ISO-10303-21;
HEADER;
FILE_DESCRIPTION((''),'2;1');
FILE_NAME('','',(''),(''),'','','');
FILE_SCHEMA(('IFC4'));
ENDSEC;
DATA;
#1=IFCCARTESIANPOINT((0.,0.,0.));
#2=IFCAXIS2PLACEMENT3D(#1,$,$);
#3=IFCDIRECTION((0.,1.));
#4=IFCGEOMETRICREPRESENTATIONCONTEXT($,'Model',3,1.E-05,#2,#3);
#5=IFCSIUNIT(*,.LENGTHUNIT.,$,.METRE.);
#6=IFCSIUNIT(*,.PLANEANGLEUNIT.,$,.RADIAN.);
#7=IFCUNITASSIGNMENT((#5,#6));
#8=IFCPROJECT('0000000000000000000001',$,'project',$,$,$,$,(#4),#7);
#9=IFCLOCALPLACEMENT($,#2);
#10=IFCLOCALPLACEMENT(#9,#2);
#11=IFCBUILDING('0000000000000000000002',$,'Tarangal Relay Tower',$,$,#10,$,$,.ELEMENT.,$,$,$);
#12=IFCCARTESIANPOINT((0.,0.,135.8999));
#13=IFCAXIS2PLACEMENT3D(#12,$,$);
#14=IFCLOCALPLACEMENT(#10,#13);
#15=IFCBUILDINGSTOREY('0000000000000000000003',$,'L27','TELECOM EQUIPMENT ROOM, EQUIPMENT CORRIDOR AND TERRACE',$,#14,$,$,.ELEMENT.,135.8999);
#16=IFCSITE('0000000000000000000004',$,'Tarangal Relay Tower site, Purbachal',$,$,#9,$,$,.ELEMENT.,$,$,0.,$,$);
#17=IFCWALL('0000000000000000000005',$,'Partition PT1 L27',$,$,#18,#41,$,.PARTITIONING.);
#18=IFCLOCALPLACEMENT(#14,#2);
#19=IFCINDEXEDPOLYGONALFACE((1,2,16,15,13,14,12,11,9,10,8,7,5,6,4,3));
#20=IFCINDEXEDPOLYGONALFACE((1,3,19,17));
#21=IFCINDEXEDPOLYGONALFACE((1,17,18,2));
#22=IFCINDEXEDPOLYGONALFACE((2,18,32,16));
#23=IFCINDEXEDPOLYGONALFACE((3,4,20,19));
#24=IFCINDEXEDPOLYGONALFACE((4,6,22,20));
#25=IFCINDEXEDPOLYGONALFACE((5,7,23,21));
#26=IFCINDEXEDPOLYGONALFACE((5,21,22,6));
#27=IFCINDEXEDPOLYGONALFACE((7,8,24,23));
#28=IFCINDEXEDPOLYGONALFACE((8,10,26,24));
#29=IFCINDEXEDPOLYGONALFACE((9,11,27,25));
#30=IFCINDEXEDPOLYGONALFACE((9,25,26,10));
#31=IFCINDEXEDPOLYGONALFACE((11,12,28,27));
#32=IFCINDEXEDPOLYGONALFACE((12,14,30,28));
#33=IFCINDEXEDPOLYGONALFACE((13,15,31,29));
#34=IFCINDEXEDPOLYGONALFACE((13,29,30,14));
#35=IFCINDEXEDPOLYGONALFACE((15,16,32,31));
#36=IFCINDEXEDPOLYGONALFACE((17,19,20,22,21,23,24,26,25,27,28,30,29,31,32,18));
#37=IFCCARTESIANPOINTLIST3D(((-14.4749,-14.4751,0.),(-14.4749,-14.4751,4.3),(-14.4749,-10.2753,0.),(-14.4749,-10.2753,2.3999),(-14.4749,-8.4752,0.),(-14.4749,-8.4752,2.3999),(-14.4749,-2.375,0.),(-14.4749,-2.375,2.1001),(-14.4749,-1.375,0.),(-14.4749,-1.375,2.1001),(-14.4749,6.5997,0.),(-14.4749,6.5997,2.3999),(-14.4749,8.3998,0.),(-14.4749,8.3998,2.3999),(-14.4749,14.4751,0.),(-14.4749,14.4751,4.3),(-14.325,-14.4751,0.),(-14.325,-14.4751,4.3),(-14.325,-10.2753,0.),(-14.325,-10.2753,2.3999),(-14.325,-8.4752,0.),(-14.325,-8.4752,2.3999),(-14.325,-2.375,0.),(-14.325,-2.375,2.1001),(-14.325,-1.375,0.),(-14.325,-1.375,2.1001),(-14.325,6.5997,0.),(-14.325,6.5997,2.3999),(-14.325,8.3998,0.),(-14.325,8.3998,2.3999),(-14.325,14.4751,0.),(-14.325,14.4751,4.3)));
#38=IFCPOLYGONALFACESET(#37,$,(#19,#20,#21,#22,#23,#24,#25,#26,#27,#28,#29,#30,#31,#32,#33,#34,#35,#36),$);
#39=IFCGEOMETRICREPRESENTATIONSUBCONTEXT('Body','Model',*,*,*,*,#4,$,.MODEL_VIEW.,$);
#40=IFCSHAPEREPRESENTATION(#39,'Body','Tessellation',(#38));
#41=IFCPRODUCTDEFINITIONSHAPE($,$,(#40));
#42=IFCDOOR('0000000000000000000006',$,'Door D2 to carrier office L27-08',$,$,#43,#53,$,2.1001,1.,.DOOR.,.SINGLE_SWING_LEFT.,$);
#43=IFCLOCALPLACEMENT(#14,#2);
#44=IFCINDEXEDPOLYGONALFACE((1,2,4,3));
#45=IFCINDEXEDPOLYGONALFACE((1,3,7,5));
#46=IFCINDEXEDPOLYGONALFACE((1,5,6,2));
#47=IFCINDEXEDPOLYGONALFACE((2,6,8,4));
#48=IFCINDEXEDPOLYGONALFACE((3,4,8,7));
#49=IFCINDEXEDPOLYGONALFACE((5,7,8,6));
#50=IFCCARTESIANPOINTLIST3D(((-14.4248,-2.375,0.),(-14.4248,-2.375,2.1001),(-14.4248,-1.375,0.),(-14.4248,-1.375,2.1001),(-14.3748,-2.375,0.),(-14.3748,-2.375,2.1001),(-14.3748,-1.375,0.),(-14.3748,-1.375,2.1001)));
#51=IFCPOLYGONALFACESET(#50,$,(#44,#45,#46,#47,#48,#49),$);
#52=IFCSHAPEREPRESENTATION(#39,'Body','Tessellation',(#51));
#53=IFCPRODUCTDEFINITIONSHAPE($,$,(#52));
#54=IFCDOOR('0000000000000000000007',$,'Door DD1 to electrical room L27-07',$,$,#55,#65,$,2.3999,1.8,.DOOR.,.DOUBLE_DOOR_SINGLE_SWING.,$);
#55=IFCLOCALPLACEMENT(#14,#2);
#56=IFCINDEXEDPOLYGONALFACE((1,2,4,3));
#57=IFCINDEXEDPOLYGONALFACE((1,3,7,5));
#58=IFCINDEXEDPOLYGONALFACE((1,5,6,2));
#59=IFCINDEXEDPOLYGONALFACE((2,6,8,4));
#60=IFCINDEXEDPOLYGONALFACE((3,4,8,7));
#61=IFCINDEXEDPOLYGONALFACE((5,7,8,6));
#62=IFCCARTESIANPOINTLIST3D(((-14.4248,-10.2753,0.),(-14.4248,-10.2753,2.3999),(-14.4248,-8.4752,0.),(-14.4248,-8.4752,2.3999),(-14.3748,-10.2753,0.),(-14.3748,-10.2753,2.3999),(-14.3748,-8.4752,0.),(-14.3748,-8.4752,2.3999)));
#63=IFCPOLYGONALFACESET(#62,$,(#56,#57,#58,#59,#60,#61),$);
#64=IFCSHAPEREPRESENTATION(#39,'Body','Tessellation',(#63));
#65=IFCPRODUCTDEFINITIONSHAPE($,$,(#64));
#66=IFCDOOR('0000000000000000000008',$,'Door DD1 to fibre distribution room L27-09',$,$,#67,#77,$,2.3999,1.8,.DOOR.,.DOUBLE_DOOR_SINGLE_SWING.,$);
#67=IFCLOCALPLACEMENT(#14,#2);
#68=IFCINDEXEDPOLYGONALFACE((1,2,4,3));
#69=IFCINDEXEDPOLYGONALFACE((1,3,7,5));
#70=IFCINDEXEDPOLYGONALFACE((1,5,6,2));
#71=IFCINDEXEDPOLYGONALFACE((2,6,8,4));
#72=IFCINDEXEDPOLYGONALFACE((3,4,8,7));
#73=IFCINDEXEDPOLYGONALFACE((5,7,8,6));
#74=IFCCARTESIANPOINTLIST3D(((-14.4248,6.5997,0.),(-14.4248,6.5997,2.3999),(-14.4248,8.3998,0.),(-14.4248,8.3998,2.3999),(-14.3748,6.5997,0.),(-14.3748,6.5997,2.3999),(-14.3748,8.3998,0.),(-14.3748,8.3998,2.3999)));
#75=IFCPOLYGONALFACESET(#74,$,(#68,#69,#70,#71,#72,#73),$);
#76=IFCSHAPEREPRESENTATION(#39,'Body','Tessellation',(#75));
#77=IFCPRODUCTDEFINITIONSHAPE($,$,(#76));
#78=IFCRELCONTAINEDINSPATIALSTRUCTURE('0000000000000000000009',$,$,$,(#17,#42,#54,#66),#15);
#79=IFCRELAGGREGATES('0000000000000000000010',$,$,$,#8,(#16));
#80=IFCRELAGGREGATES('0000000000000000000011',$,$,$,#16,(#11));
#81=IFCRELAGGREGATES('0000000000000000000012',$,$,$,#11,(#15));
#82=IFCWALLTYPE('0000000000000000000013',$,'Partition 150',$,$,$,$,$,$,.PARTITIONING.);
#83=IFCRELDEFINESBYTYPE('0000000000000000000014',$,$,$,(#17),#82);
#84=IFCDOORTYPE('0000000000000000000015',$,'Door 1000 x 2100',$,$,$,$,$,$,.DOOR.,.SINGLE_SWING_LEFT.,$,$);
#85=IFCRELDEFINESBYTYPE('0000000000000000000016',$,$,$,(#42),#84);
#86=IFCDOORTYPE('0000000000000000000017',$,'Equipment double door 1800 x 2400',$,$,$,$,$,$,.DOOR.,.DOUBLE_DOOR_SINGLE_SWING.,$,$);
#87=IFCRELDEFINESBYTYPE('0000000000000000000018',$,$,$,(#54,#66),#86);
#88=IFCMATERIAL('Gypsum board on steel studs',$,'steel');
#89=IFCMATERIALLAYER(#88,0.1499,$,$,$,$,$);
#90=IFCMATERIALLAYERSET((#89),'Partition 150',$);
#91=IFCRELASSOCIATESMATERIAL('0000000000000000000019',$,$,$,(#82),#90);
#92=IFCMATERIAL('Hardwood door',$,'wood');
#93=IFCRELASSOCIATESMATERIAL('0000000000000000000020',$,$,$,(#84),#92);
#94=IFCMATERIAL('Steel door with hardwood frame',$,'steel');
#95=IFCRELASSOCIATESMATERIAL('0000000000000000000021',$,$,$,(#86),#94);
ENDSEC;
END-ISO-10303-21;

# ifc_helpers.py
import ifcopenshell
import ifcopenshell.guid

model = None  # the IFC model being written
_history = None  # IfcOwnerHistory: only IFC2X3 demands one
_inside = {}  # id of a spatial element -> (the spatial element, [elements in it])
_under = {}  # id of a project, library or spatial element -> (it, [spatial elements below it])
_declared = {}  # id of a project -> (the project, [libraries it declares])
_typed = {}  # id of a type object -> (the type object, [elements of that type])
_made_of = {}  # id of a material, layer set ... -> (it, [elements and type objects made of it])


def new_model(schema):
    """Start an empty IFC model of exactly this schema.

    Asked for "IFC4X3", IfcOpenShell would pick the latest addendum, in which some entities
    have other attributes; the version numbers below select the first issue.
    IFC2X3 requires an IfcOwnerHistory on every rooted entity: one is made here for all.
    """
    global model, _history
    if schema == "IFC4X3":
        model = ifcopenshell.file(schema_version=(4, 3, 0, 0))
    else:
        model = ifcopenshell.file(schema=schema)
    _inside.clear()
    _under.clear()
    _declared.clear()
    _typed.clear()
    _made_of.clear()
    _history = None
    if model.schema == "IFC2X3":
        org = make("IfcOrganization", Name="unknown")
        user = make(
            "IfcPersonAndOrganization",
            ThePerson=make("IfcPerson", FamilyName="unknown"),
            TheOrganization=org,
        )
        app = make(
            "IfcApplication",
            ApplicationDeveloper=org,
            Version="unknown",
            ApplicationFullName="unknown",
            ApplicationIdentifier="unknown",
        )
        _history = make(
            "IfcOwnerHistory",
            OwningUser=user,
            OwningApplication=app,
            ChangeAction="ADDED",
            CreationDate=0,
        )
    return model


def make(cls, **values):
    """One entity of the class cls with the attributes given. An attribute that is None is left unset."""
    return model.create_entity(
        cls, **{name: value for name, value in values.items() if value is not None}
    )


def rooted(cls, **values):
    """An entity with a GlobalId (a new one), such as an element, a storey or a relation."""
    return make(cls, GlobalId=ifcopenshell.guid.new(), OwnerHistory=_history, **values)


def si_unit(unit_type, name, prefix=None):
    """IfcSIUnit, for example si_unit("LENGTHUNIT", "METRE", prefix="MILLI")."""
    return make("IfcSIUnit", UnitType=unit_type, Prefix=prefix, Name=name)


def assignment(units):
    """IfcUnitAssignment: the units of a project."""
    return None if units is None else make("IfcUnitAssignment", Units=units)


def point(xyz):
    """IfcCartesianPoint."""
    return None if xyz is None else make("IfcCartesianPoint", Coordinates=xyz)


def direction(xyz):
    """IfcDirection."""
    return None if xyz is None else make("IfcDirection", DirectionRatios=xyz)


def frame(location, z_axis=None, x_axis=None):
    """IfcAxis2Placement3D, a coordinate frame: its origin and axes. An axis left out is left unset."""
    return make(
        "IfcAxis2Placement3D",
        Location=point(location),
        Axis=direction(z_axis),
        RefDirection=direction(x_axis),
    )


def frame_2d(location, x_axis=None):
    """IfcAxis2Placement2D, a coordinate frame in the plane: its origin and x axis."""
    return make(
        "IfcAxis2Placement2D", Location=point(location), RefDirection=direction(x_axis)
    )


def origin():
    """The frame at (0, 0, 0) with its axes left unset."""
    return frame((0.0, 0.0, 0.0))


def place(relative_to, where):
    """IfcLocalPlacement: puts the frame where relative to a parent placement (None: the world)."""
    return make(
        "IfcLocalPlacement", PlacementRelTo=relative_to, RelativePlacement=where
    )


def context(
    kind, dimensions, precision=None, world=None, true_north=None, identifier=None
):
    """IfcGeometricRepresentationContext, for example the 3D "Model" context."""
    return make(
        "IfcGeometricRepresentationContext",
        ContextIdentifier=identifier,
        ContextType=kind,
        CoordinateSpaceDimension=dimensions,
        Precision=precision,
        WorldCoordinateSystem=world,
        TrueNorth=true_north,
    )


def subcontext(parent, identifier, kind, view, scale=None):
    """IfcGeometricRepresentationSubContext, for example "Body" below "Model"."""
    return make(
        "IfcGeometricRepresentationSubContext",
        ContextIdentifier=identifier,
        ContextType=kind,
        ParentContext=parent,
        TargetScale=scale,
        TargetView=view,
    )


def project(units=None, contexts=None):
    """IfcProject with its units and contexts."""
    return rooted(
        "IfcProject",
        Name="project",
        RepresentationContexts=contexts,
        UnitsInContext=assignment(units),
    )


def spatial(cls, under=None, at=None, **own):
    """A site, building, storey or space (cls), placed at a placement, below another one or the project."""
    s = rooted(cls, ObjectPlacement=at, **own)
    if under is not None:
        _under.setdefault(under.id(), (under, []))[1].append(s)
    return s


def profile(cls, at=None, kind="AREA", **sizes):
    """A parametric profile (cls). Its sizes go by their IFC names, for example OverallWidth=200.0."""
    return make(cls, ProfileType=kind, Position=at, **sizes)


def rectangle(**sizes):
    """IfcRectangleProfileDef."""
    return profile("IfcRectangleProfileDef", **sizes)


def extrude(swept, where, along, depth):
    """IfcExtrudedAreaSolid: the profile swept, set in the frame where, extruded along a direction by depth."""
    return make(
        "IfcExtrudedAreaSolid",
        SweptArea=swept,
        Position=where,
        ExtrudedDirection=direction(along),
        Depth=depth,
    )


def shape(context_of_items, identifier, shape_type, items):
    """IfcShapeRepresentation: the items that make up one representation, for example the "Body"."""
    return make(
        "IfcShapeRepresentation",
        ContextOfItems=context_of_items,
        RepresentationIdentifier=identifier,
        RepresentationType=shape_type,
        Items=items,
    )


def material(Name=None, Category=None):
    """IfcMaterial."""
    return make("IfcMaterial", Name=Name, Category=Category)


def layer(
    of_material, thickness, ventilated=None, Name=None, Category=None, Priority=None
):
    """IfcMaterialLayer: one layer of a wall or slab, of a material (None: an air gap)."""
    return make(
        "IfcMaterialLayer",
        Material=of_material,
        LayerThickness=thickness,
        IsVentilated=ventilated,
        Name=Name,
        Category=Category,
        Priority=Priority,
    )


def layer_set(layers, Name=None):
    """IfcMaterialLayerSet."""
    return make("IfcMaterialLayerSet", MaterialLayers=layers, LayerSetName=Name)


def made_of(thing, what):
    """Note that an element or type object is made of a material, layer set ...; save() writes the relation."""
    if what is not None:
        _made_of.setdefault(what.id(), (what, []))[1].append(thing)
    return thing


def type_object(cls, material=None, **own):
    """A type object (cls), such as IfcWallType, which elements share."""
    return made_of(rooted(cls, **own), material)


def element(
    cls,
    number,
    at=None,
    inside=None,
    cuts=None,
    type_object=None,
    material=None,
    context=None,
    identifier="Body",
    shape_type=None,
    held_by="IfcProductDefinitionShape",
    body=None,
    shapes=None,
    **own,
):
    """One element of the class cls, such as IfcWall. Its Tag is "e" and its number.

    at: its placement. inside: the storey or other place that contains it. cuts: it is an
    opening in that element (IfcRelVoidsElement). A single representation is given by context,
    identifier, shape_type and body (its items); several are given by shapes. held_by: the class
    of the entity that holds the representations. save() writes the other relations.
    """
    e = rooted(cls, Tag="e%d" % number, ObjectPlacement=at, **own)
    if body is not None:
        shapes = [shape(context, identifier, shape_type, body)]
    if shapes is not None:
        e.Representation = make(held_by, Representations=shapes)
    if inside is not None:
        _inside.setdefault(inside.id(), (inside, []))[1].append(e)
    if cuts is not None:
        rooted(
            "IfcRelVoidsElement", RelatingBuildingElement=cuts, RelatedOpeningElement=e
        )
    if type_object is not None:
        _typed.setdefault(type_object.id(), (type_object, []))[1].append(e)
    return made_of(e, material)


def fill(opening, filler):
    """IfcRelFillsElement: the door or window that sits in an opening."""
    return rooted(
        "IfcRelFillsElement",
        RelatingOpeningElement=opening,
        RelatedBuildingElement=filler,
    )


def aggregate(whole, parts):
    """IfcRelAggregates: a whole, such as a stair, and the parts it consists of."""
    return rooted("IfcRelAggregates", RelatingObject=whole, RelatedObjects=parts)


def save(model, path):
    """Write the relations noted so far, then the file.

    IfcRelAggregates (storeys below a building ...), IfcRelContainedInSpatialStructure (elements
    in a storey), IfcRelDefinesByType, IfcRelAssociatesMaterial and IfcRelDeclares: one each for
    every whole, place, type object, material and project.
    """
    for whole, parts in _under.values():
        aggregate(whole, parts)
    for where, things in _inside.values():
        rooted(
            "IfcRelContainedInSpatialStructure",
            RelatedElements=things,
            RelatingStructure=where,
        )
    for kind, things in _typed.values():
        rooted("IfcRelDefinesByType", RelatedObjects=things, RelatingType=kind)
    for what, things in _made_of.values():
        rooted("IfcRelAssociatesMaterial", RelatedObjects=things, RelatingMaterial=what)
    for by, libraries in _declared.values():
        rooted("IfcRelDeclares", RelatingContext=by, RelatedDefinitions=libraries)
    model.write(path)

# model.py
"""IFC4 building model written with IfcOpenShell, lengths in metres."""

from ifc_helpers import new_model, si_unit, direction, frame, frame_2d, origin, place, context, subcontext, project, spatial, rectangle, extrude, material, layer, layer_set, type_object, element, fill, save


model = new_model("IFC4")

# Units and contexts
model_context = context("Model", 3, precision=1e-05, world=origin(), true_north=direction((0.0, 1.0)))
body_context = subcontext(model_context, "Body", "Model", "MODEL_VIEW")
ifc_project = project(units=[si_unit("LENGTHUNIT", "METRE"), si_unit("PLANEANGLEUNIT", "RADIAN")], contexts=[model_context])

# Site, building, storey
site_placement = place(None, origin())
site = spatial("IfcSite", under=ifc_project, at=site_placement, Name="Tarangal Relay Tower site, Purbachal", CompositionType="ELEMENT", RefElevation=0.0)
building_placement = place(site_placement, origin())
building = spatial("IfcBuilding", under=site, at=building_placement, Name="Tarangal Relay Tower", CompositionType="ELEMENT")
storey_placement = place(building_placement, frame((0.0, 0.0, 135.8999)))
storey = spatial("IfcBuildingStorey", under=building, at=storey_placement, Name="L27", Description="TELECOM EQUIPMENT ROOM, EQUIPMENT CORRIDOR AND TERRACE", CompositionType="ELEMENT", Elevation=135.8999)

# Wall, openings, doors
ifc_material_1 = material(Name="Gypsum board on steel studs", Category="steel")
ifc_layer_1 = layer(ifc_material_1, 0.1499)
ifc_layer_set_1 = layer_set([ifc_layer_1], Name="Partition 150")
wall_type_1 = type_object("IfcWallType", Name="Partition 150", PredefinedType="PARTITIONING", material=ifc_layer_set_1)
wall_1_placement = place(storey_placement, frame((-14.3999, -14.4751, 0.0), z_axis=(0.0, 0.0, 1.0), x_axis=(0.0, 1.0, 0.0)))
wall_1 = element("IfcWall", 1, at=wall_1_placement, inside=storey, type_object=wall_type_1, Name="Partition PT1 L27", PredefinedType="PARTITIONING", context=body_context, shape_type="SweptSolid", body=[
    extrude(rectangle(XDim=28.9502, YDim=0.1499, at=frame_2d((14.4751, 0.0))), origin(), (0.0, 0.0, 1.0), 4.3),
])
opening_1_placement = place(wall_1_placement, frame((4.2, 0.0, 0.0)))
opening_1 = element("IfcOpeningElement", 2, at=opening_1_placement, cuts=wall_1, PredefinedType="OPENING", context=body_context, shape_type="SweptSolid", body=[
    extrude(rectangle(XDim=1.8, YDim=2.3999, at=frame_2d((0.8999, 1.2))), frame((0.0, 0.085, 0.0), z_axis=(0.0, -1.0, 0.0), x_axis=(1.0, 0.0, 0.0)), (0.0, 0.0, 1.0), 0.1699),
])
opening_2_placement = place(wall_1_placement, frame((12.1001, 0.0, 0.0)))
opening_2 = element("IfcOpeningElement", 3, at=opening_2_placement, cuts=wall_1, PredefinedType="OPENING", context=body_context, shape_type="SweptSolid", body=[
    extrude(rectangle(XDim=1.0, YDim=2.1001, at=frame_2d((0.5, 1.05))), frame((0.0, 0.085, 0.0), z_axis=(0.0, -1.0, 0.0), x_axis=(1.0, 0.0, 0.0)), (0.0, 0.0, 1.0), 0.1699),
])
opening_3_placement = place(wall_1_placement, frame((21.075, 0.0, 0.0)))
opening_3 = element("IfcOpeningElement", 4, at=opening_3_placement, cuts=wall_1, PredefinedType="OPENING", context=body_context, shape_type="SweptSolid", body=[
    extrude(rectangle(XDim=1.8, YDim=2.3999, at=frame_2d((0.8999, 1.2))), frame((0.0, 0.085, 0.0), z_axis=(0.0, -1.0, 0.0), x_axis=(1.0, 0.0, 0.0)), (0.0, 0.0, 1.0), 0.1699),
])
ifc_material_2 = material(Name="Hardwood door", Category="wood")
door_type_1 = type_object("IfcDoorType", Name="Door 1000 x 2100", OperationType="SINGLE_SWING_LEFT", PredefinedType="DOOR", material=ifc_material_2)
door_1_placement = place(opening_2_placement, origin())
door_1 = element("IfcDoor", 5, at=door_1_placement, inside=storey, type_object=door_type_1, Name="Door D2 to carrier office L27-08", OperationType="SINGLE_SWING_LEFT", OverallHeight=2.1001, OverallWidth=1.0, PredefinedType="DOOR", context=body_context, shape_type="SweptSolid", body=[
    extrude(rectangle(XDim=1.0, YDim=2.1001, at=frame_2d((0.5, 1.05))), frame((0.0, 0.0249, 0.0), z_axis=(0.0, -1.0, 0.0), x_axis=(1.0, 0.0, 0.0)), (0.0, 0.0, 1.0), 0.05),
])
fill(opening_2, door_1)
ifc_material_3 = material(Name="Steel door with hardwood frame", Category="steel")
door_type_2 = type_object("IfcDoorType", Name="Equipment double door 1800 x 2400", OperationType="DOUBLE_DOOR_SINGLE_SWING", PredefinedType="DOOR", material=ifc_material_3)
door_2_placement = place(opening_1_placement, origin())
door_2 = element("IfcDoor", 6, at=door_2_placement, inside=storey, type_object=door_type_2, Name="Door DD1 to electrical room L27-07", OperationType="DOUBLE_DOOR_SINGLE_SWING", OverallHeight=2.3999, OverallWidth=1.8, PredefinedType="DOOR", context=body_context, shape_type="SweptSolid", body=[
    extrude(rectangle(XDim=1.8, YDim=2.3999, at=frame_2d((0.8999, 1.2))), frame((0.0, 0.0249, 0.0), z_axis=(0.0, -1.0, 0.0), x_axis=(1.0, 0.0, 0.0)), (0.0, 0.0, 1.0), 0.05),
])
fill(opening_1, door_2)
door_3_placement = place(opening_3_placement, origin())
door_3 = element("IfcDoor", 7, at=door_3_placement, inside=storey, type_object=door_type_2, Name="Door DD1 to fibre distribution room L27-09", OperationType="DOUBLE_DOOR_SINGLE_SWING", OverallHeight=2.3999, OverallWidth=1.8, PredefinedType="DOOR", context=body_context, shape_type="SweptSolid", body=[
    extrude(rectangle(XDim=1.8, YDim=2.3999, at=frame_2d((0.8999, 1.2))), frame((0.0, 0.0249, 0.0), z_axis=(0.0, -1.0, 0.0), x_axis=(1.0, 0.0, 0.0)), (0.0, 0.0, 1.0), 0.05),
])
fill(opening_3, door_3)

save(model, "model.ifc")
